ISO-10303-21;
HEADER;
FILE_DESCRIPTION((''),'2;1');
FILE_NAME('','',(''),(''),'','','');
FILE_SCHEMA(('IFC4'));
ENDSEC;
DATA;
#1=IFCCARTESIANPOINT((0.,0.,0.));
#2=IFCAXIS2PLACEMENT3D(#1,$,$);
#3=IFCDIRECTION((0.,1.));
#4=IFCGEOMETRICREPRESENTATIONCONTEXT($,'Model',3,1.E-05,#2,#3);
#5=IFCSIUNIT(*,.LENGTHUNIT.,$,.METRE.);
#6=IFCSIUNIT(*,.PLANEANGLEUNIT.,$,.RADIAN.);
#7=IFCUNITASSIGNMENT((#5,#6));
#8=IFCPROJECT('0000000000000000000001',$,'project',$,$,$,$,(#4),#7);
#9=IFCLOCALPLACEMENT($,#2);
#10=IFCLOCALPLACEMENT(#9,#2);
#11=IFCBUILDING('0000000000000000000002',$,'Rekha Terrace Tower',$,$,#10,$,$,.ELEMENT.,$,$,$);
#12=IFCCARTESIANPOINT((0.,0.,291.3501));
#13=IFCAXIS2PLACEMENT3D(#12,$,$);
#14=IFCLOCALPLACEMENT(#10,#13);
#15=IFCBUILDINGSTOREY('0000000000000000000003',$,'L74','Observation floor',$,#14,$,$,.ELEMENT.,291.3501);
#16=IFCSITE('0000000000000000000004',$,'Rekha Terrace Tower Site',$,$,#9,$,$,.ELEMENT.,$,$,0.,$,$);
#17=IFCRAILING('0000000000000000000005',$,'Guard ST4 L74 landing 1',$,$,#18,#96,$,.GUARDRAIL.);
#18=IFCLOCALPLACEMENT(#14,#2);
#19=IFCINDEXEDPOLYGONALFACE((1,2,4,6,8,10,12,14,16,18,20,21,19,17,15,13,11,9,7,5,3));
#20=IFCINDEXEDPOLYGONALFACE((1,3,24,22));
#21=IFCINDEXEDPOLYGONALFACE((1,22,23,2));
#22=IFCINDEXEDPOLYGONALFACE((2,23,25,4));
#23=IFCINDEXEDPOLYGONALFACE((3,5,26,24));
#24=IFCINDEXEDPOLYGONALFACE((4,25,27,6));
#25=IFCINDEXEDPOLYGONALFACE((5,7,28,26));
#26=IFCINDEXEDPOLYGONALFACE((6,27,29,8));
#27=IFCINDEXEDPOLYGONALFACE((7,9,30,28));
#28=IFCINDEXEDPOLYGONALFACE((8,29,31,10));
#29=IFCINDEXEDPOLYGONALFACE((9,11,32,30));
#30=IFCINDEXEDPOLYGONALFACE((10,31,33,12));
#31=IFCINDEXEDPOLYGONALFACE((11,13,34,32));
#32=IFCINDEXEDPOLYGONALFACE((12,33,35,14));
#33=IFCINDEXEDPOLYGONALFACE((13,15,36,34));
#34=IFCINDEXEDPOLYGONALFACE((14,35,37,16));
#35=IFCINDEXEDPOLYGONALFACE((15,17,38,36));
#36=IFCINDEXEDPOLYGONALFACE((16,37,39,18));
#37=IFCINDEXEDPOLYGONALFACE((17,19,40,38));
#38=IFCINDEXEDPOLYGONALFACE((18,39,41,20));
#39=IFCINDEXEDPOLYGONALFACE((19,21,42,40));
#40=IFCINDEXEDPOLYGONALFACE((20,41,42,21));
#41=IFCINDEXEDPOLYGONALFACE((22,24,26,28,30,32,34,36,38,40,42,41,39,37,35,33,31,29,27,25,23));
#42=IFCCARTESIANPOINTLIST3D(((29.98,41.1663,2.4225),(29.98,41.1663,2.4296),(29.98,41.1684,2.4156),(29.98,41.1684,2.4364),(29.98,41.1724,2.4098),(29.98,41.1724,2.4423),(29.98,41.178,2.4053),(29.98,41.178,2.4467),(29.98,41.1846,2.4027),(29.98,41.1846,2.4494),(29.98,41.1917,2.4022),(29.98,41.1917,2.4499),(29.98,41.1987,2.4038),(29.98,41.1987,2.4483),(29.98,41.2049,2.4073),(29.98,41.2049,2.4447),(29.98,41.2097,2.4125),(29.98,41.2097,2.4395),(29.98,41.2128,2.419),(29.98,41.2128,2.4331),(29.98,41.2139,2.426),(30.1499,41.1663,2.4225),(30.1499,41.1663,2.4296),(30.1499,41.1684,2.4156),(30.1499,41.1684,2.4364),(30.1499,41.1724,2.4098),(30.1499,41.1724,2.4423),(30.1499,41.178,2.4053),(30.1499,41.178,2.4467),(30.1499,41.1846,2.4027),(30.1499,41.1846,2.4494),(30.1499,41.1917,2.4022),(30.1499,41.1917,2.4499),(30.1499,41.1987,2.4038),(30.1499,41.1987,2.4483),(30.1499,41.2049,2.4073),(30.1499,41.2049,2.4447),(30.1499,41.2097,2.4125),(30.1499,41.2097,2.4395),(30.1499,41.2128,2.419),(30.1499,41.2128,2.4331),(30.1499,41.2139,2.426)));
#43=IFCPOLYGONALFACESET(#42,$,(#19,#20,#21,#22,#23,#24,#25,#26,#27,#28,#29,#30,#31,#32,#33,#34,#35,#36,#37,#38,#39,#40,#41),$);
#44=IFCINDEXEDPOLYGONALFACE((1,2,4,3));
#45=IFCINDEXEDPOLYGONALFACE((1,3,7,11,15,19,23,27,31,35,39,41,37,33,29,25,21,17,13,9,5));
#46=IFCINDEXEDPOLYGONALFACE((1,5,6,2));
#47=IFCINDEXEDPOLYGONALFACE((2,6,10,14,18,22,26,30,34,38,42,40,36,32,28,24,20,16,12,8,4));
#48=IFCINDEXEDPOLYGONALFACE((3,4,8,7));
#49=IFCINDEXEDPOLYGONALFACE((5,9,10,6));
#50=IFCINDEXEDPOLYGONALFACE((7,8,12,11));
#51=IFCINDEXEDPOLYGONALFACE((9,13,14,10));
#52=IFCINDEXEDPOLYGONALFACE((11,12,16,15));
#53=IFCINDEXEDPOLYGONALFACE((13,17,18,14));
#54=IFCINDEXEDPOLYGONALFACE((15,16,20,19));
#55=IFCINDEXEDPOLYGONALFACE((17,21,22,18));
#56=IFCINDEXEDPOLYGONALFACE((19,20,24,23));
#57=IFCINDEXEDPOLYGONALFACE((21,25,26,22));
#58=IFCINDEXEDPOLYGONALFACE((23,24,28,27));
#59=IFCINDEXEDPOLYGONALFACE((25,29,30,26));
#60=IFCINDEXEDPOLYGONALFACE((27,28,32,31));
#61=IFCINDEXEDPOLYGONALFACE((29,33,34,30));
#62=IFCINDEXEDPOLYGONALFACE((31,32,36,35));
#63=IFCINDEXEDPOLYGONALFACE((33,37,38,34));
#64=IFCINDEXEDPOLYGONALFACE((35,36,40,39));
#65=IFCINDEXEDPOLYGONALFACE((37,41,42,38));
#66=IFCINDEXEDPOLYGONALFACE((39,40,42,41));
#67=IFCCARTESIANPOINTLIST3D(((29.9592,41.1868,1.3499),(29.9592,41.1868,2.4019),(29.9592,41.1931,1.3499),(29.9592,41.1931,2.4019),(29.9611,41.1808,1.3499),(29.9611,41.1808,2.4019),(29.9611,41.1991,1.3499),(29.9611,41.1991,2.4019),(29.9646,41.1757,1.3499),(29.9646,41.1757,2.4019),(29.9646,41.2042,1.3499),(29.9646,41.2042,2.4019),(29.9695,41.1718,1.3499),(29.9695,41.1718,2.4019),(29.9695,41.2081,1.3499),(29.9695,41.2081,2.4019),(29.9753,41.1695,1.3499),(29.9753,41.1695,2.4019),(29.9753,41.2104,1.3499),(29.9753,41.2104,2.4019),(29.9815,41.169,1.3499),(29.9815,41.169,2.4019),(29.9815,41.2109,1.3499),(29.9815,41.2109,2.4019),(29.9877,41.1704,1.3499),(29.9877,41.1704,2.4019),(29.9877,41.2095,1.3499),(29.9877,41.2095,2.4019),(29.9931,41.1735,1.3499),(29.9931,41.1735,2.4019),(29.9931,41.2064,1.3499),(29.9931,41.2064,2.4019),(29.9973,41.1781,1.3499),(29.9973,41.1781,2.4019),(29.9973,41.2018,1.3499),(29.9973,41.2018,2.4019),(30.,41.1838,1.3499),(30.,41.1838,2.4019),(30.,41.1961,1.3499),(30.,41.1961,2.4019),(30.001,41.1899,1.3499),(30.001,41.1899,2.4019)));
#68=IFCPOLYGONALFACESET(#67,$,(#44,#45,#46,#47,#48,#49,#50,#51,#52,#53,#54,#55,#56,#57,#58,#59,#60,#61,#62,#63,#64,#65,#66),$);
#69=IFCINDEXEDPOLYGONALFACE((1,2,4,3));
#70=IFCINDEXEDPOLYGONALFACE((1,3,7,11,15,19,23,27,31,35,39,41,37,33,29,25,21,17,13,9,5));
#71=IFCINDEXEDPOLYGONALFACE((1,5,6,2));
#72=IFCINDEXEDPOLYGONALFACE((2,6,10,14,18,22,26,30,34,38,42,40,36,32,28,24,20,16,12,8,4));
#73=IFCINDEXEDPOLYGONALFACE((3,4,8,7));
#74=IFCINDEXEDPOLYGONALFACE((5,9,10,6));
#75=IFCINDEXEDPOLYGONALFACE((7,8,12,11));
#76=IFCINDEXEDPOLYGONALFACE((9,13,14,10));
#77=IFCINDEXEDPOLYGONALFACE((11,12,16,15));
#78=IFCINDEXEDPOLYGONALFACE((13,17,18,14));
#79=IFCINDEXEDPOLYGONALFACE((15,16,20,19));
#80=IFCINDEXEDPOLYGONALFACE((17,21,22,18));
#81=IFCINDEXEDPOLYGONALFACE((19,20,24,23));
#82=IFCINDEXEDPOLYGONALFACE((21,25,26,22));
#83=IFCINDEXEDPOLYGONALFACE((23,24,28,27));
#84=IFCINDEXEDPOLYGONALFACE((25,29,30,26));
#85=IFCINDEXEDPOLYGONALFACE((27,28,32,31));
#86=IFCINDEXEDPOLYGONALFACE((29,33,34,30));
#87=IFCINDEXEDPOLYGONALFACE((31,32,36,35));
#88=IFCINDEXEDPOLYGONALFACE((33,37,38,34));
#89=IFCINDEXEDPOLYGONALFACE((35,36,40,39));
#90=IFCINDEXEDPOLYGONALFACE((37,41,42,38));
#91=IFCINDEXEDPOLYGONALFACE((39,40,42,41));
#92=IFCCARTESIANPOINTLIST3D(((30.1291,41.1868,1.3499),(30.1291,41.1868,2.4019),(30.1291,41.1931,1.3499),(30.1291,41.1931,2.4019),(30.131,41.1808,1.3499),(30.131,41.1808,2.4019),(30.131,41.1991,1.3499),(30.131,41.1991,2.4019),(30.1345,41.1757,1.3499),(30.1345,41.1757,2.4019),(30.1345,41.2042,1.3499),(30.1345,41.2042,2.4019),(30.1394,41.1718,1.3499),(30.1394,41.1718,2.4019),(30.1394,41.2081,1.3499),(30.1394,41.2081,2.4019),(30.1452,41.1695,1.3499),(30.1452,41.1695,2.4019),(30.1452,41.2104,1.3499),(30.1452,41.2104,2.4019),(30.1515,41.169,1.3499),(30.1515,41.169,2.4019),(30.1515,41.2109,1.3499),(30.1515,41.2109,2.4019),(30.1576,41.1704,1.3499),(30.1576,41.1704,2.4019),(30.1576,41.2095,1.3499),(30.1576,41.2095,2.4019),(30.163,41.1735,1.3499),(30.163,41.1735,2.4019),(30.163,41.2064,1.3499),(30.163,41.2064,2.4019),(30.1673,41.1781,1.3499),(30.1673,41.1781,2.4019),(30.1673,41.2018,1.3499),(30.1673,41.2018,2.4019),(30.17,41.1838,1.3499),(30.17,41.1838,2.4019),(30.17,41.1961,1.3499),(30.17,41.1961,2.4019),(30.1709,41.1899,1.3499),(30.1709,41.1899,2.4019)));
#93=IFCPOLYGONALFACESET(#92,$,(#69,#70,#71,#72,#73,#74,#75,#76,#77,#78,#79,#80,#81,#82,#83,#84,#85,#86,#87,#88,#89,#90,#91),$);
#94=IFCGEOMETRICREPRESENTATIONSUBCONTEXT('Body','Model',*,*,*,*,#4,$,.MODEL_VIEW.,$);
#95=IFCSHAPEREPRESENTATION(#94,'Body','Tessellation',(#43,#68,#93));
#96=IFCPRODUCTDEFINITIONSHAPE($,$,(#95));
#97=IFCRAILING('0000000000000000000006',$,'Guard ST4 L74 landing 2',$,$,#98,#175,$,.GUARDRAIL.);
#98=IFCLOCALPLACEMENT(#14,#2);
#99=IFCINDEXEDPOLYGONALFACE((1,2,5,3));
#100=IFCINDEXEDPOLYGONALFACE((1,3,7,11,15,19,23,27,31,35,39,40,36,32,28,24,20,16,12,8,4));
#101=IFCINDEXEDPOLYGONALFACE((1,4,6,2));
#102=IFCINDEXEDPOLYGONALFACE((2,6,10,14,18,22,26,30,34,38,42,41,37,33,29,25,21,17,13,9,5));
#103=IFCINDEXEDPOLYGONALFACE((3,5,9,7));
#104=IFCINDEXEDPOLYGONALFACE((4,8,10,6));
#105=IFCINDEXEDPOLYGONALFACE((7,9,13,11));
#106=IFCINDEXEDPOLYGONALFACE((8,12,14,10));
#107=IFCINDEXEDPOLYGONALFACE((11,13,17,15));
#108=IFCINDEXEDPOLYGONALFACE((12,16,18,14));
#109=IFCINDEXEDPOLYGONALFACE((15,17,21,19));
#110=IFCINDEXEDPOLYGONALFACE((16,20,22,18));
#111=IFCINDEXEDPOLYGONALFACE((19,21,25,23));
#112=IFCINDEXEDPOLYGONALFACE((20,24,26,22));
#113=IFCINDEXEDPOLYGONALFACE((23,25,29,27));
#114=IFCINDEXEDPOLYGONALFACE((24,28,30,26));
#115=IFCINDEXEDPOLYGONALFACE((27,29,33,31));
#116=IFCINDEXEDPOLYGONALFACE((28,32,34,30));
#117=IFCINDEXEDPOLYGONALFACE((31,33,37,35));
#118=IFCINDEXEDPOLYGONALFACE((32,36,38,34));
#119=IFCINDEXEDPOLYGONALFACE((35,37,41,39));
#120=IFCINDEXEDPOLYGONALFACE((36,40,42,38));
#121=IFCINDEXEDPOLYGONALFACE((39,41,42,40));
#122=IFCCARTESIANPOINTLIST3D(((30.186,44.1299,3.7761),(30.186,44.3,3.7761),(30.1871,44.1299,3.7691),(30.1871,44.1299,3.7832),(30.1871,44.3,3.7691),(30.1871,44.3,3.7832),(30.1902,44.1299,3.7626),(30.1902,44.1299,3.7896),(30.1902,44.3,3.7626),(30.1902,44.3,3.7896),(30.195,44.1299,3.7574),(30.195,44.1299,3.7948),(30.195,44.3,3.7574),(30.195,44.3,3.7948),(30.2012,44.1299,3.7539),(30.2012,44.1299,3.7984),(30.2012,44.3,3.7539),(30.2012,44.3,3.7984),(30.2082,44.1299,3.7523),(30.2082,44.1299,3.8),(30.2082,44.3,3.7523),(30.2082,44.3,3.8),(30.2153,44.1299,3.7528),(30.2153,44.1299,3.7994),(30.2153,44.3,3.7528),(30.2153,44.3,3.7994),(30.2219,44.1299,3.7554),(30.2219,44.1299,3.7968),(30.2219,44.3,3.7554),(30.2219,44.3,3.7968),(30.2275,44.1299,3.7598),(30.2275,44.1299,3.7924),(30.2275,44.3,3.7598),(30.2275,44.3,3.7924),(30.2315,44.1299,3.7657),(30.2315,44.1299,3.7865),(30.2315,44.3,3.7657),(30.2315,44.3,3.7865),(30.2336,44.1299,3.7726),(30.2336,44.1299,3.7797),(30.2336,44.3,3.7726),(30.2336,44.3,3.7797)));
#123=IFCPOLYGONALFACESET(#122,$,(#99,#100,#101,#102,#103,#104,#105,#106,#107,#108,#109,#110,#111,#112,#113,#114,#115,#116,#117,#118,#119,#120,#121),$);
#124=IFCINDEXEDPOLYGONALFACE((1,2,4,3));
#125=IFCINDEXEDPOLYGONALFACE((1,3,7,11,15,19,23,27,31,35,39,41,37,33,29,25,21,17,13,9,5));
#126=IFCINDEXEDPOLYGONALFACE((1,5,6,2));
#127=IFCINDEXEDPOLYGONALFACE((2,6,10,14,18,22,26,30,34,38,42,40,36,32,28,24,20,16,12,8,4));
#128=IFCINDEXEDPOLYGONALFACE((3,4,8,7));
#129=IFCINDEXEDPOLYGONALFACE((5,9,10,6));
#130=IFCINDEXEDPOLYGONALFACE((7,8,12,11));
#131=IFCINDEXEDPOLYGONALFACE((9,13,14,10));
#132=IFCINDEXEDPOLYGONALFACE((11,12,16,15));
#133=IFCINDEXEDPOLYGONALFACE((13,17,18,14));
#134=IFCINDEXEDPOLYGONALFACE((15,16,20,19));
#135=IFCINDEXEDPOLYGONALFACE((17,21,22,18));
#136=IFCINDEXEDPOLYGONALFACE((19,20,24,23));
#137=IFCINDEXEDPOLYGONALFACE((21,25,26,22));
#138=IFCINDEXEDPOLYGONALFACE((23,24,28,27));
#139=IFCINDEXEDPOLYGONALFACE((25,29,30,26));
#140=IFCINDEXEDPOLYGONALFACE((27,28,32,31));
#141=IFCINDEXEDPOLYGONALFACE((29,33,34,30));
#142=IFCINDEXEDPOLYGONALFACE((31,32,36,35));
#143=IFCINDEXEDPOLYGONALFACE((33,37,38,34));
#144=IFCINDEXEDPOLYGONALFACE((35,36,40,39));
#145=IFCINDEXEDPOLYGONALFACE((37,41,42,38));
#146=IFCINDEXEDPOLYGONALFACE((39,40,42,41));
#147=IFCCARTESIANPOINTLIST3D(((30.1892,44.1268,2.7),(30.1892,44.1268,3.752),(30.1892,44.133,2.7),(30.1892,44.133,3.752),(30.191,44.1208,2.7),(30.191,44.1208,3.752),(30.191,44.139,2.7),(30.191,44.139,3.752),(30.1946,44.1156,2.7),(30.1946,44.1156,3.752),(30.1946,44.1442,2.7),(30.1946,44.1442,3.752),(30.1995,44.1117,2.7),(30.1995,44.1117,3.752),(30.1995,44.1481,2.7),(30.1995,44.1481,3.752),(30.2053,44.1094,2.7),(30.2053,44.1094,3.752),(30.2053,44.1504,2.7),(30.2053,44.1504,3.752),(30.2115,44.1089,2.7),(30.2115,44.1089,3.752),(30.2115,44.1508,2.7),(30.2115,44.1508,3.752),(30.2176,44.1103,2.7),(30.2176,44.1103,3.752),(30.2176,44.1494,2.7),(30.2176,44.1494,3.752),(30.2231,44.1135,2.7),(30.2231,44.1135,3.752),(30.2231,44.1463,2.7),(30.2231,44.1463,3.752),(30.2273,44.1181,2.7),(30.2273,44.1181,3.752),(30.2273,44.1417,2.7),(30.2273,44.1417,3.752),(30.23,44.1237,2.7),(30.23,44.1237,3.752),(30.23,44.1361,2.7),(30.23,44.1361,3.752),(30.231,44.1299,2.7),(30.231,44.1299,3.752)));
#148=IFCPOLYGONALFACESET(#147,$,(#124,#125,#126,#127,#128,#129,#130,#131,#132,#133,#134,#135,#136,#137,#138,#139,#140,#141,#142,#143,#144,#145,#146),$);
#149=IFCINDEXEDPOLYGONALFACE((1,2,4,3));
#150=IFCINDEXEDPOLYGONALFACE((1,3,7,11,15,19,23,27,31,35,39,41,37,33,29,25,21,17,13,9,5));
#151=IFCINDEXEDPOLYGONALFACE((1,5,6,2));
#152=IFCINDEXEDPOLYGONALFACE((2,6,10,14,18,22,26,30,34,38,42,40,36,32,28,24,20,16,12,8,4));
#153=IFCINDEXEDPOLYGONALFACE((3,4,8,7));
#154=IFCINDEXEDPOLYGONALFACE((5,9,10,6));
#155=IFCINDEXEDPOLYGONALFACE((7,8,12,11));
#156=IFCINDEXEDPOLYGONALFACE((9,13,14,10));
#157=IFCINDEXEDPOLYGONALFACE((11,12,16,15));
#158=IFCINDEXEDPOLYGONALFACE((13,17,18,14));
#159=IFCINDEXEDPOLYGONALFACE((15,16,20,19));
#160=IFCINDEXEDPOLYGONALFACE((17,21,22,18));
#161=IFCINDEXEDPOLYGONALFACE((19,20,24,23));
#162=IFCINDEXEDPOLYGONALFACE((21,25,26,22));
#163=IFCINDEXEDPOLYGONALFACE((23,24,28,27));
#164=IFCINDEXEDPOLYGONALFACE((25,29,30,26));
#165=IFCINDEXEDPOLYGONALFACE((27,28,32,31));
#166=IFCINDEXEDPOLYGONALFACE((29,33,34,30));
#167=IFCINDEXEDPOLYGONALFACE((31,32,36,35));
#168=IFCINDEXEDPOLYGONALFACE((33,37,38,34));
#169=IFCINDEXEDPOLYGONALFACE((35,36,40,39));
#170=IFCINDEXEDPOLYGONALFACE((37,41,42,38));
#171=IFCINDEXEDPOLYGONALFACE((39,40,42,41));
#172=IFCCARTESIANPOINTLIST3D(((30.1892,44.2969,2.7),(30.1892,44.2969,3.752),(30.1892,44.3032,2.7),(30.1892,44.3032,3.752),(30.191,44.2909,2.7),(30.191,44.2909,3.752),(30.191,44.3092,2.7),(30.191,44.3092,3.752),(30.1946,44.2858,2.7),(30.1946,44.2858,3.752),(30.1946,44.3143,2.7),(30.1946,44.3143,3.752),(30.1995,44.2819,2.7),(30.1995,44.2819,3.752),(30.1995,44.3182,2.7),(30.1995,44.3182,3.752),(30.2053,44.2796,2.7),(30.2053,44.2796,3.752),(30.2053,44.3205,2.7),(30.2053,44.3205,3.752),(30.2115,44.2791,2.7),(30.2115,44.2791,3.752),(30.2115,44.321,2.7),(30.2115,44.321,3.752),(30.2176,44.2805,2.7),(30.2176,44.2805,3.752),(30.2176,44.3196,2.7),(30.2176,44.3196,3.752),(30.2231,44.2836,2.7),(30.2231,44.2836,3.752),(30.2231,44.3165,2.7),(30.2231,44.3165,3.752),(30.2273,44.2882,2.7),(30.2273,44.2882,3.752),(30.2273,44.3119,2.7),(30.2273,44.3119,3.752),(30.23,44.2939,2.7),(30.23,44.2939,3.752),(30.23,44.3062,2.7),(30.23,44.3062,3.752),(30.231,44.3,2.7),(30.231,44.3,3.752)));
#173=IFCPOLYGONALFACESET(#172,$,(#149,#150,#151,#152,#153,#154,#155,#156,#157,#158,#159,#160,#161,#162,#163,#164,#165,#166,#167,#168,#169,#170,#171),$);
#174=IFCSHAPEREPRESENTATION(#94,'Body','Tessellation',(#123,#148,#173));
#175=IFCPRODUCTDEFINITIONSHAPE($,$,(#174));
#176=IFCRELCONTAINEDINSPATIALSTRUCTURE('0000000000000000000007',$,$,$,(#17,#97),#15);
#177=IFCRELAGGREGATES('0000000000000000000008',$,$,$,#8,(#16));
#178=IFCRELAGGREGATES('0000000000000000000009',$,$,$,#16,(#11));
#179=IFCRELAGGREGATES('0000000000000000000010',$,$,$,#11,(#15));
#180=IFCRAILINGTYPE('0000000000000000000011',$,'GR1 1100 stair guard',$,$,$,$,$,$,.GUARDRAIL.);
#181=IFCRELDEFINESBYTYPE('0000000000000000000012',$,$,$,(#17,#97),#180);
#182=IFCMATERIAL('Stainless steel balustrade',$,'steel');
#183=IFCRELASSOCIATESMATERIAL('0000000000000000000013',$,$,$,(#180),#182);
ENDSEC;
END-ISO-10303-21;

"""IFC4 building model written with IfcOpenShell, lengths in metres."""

from ifc_helpers import new_model, si_unit, direction, frame, origin, origin_2d, place, context, subcontext, project, spatial, circle, extrude, material, type_object, element, save


model = new_model("IFC4")

# Units and contexts
model_context = context("Model", 3, precision=1e-05, world=origin(), true_north=direction((0.0, 1.0)))
body_context = subcontext(model_context, "Body", "Model", "MODEL_VIEW")
ifc_project = project(units=[si_unit("LENGTHUNIT", "METRE"), si_unit("PLANEANGLEUNIT", "RADIAN")], contexts=[model_context])

# Site, building, storey
site_placement = place(None, origin())
site = spatial("IfcSite", under=ifc_project, at=site_placement, Name="Rekha Terrace Tower Site", CompositionType="ELEMENT", RefElevation=0.0)
building_placement = place(site_placement, origin())
building = spatial("IfcBuilding", under=site, at=building_placement, Name="Rekha Terrace Tower", CompositionType="ELEMENT")
storey_placement = place(building_placement, frame((0.0, 0.0, 291.3501)))
storey = spatial("IfcBuildingStorey", under=building, at=storey_placement, Name="L74", Description="Observation floor", CompositionType="ELEMENT", Elevation=291.3501)

# Railings
ifc_material_1 = material(Name="Stainless steel balustrade", Category="steel")
railing_type_1 = type_object("IfcRailingType", Name="GR1 1100 stair guard", PredefinedType="GUARDRAIL", material=ifc_material_1)
railing_1_placement = place(storey_placement, frame((29.98, 41.1899, 1.3499)))
element("IfcRailing", 1, at=railing_1_placement, inside=storey, type_object=railing_type_1, Name="Guard ST4 L74 landing 1", PredefinedType="GUARDRAIL", context=body_context, shape_type="SweptSolid", body=[
    extrude(circle(Radius=0.0239, at=origin_2d()), frame((0.0, 0.0, 1.0762), z_axis=(1.0, 0.0, 0.0), x_axis=(0.0, 1.0, 0.0)), (0.0, 0.0, 1.0), 0.1699),
    extrude(circle(Radius=0.021, at=origin_2d()), origin(), (0.0, 0.0, 1.0), 1.052),
    extrude(circle(Radius=0.021, at=origin_2d()), frame((0.1699, 0.0, 0.0)), (0.0, 0.0, 1.0), 1.052),
])
railing_2_placement = place(storey_placement, frame((30.21, 44.1299, 2.7)))
element("IfcRailing", 2, at=railing_2_placement, inside=storey, type_object=railing_type_1, Name="Guard ST4 L74 landing 2", PredefinedType="GUARDRAIL", context=body_context, shape_type="SweptSolid", body=[
    extrude(circle(Radius=0.0239, at=origin_2d()), frame((0.0, 0.0, 1.0762), z_axis=(0.0, 1.0, 0.0), x_axis=(-1.0, 0.0, 0.0)), (0.0, 0.0, 1.0), 0.1702),
    extrude(circle(Radius=0.021, at=origin_2d()), origin(), (0.0, 0.0, 1.0), 1.052),
    extrude(circle(Radius=0.021, at=origin_2d()), frame((0.0, 0.1702, 0.0)), (0.0, 0.0, 1.0), 1.052),
])

save(model, "model.ifc")
